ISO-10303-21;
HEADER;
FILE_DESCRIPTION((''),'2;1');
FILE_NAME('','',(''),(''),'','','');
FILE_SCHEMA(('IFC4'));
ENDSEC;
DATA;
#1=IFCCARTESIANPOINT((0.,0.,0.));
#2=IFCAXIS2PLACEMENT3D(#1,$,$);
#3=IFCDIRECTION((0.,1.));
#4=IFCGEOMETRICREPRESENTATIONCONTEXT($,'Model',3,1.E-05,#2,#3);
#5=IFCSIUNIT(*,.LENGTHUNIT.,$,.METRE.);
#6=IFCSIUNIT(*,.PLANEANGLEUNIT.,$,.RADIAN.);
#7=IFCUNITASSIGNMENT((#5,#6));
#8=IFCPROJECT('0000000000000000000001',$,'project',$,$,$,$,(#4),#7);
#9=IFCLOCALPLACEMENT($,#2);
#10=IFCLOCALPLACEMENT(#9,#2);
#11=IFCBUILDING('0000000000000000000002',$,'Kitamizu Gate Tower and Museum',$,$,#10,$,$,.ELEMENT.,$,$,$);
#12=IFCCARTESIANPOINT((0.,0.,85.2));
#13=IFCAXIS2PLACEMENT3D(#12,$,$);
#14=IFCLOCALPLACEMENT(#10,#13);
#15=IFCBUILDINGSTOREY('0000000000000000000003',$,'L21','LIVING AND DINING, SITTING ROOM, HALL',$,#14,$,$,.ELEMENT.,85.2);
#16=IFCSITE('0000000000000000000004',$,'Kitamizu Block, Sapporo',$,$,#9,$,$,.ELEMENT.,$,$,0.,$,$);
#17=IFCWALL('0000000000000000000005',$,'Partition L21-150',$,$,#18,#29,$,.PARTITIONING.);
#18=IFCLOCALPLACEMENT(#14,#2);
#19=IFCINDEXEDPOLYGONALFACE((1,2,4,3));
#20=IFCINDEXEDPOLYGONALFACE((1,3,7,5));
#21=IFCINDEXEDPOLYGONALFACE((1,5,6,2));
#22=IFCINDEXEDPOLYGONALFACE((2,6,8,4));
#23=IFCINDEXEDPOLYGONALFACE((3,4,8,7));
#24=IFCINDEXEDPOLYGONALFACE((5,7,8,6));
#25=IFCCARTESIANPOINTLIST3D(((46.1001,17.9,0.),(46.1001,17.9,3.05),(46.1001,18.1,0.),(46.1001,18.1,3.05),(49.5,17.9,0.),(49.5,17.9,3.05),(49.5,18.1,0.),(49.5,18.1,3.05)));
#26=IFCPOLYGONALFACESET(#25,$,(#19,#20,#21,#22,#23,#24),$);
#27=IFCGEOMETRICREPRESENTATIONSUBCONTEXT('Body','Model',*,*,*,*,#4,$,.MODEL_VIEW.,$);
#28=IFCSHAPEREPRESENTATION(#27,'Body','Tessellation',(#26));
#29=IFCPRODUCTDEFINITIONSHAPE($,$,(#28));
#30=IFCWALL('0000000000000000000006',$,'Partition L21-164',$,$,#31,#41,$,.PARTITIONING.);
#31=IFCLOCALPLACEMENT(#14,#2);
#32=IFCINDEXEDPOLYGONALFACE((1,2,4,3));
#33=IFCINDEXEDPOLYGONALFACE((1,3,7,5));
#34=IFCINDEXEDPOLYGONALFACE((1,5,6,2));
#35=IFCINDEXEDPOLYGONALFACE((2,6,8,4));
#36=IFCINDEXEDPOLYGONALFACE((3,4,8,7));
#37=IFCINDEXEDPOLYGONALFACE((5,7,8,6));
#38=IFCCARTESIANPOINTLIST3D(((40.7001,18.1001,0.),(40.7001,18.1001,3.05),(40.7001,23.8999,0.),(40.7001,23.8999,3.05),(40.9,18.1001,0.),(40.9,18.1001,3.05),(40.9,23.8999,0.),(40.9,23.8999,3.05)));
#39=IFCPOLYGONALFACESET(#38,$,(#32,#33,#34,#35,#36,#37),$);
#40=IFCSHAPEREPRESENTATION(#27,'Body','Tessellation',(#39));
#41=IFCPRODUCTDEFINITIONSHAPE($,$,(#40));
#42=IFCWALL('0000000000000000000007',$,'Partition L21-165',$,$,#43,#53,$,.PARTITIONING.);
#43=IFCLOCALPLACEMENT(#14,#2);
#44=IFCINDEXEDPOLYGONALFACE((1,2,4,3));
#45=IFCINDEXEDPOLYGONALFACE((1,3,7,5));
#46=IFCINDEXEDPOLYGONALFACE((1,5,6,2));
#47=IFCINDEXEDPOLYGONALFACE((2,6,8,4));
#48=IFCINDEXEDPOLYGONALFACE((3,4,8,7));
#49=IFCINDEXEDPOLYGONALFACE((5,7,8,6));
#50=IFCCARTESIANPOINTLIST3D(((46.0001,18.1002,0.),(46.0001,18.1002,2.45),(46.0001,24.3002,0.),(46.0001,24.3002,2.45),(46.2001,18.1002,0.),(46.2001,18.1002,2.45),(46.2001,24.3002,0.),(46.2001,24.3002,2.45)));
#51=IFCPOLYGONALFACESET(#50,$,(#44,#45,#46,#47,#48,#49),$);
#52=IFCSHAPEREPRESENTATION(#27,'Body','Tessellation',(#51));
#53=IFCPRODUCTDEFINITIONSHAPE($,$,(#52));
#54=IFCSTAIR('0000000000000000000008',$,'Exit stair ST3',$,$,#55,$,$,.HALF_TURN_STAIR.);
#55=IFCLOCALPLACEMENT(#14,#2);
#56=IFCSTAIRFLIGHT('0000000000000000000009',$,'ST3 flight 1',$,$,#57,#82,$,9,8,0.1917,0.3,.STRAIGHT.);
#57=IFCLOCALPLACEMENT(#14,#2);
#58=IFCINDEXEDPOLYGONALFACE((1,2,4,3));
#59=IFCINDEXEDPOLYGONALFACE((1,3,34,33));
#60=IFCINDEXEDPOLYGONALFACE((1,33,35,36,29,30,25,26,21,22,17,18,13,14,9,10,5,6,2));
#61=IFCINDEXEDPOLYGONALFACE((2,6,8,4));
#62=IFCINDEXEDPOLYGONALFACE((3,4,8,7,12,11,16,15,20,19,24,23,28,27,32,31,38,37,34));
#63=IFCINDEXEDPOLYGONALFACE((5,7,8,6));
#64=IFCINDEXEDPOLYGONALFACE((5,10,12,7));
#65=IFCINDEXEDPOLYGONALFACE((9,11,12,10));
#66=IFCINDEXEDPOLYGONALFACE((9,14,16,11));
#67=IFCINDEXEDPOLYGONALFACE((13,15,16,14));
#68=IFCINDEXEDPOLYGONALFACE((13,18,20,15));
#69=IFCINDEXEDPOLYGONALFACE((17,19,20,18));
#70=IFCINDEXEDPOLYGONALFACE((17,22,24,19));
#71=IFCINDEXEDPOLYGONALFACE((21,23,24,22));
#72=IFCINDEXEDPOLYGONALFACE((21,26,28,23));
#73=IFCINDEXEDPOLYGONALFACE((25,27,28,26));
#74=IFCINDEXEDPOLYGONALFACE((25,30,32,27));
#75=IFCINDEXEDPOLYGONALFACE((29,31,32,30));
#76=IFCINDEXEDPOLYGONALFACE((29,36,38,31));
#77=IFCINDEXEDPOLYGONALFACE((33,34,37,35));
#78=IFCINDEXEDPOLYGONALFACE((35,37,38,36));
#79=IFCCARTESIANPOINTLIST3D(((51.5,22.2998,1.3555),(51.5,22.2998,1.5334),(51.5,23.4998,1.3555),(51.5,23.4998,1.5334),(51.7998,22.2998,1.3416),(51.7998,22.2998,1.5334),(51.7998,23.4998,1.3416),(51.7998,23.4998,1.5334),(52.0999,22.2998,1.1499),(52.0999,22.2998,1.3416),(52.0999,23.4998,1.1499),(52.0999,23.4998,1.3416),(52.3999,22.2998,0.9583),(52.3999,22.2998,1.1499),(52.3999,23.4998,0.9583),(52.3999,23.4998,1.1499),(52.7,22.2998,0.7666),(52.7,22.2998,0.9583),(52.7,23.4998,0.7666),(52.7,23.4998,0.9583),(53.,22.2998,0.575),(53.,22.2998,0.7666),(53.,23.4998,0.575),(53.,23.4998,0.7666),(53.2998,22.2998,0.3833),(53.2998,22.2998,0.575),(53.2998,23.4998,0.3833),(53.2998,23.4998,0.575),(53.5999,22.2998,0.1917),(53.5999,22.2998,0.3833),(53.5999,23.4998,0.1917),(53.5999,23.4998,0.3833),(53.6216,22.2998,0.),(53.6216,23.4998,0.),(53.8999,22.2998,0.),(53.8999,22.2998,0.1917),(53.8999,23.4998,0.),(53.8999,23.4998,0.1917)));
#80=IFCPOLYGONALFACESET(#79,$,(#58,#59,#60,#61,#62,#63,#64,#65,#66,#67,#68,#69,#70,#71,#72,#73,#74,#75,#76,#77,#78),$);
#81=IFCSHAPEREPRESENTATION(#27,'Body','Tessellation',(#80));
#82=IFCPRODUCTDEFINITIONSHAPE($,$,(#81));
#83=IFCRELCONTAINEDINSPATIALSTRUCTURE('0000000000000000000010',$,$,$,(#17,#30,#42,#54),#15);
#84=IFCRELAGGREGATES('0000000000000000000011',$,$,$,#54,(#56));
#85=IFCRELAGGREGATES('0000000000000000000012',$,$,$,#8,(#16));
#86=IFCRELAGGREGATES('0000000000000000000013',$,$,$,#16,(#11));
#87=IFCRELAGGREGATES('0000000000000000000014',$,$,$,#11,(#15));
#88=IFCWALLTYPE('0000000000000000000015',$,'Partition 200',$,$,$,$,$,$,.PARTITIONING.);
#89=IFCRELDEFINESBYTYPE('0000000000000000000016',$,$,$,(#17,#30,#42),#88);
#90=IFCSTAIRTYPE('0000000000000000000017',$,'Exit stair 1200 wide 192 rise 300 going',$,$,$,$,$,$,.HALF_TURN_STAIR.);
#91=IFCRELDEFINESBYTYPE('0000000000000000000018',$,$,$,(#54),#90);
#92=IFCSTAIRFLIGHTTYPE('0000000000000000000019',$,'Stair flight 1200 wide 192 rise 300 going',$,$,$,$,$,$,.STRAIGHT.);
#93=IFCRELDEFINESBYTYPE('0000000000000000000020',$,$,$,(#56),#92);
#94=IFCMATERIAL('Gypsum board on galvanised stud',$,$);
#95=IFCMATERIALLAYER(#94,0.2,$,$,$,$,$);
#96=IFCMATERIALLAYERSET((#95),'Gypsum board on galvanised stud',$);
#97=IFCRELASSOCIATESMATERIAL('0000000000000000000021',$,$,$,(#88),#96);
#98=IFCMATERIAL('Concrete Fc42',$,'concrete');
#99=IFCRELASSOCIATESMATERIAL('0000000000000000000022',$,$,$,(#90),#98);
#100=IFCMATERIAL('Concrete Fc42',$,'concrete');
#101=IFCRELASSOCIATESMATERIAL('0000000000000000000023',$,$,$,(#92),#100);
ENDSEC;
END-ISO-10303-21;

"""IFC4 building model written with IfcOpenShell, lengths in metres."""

from ifc_helpers import new_model, si_unit, direction, frame, frame_2d, origin, place, context, subcontext, project, spatial, polyline, rectangle, outline, extrude, material, layer, layer_set, type_object, element, aggregate, save


model = new_model("IFC4")

# Units and contexts
model_context = context("Model", 3, precision=1e-05, world=origin(), true_north=direction((0.0, 1.0)))
body_context = subcontext(model_context, "Body", "Model", "MODEL_VIEW")
ifc_project = project(units=[si_unit("LENGTHUNIT", "METRE"), si_unit("PLANEANGLEUNIT", "RADIAN")], contexts=[model_context])

# Site, building, storey
site_placement = place(None, origin())
site = spatial("IfcSite", under=ifc_project, at=site_placement, Name="Kitamizu Block, Sapporo", CompositionType="ELEMENT", RefElevation=0.0)
building_placement = place(site_placement, origin())
building = spatial("IfcBuilding", under=site, at=building_placement, Name="Kitamizu Gate Tower and Museum", CompositionType="ELEMENT")
storey_placement = place(building_placement, frame((0.0, 0.0, 85.2)))
storey = spatial("IfcBuildingStorey", under=building, at=storey_placement, Name="L21", Description="LIVING AND DINING, SITTING ROOM, HALL", CompositionType="ELEMENT", Elevation=85.2)

# Walls
ifc_material_1 = material(Name="Gypsum board on galvanised stud")
ifc_layer_1 = layer(ifc_material_1, 0.2)
ifc_layer_set_1 = layer_set([ifc_layer_1], Name="Gypsum board on galvanised stud")
wall_type_1 = type_object("IfcWallType", Name="Partition 200", PredefinedType="PARTITIONING", material=ifc_layer_set_1)
wall_1_placement = place(storey_placement, frame((49.5, 18.0, 0.0), z_axis=(0.0, 0.0, 1.0), x_axis=(-1.0, 0.0, 0.0)))
element("IfcWall", 1, at=wall_1_placement, inside=storey, type_object=wall_type_1, Name="Partition L21-150", PredefinedType="PARTITIONING", context=body_context, shape_type="SweptSolid", body=[
    extrude(rectangle(XDim=3.3999, YDim=0.2, at=frame_2d((1.7, 0.0))), origin(), (0.0, 0.0, 1.0), 3.05),
])
wall_2_placement = place(storey_placement, frame((40.8, 23.8999, 0.0), z_axis=(0.0, 0.0, 1.0), x_axis=(0.0, -1.0, 0.0)))
element("IfcWall", 2, at=wall_2_placement, inside=storey, type_object=wall_type_1, Name="Partition L21-164", PredefinedType="PARTITIONING", context=body_context, shape_type="SweptSolid", body=[
    extrude(rectangle(XDim=5.7998, YDim=0.2, at=frame_2d((2.8999, 0.0))), origin(), (0.0, 0.0, 1.0), 3.05),
])
wall_3_placement = place(storey_placement, frame((46.1001, 18.1001, 0.0), z_axis=(0.0, 0.0, 1.0), x_axis=(0.0, 1.0, 0.0)))
element("IfcWall", 3, at=wall_3_placement, inside=storey, type_object=wall_type_1, Name="Partition L21-165", PredefinedType="PARTITIONING", context=body_context, shape_type="SweptSolid", body=[
    extrude(rectangle(XDim=6.2, YDim=0.2, at=frame_2d((3.1001, 0.0))), origin(), (0.0, 0.0, 1.0), 2.45),
])

# Stair, stair flight
ifc_material_2 = material(Name="Concrete Fc42", Category="concrete")
stair_type = type_object("IfcStairType", Name="Exit stair 1200 wide 192 rise 300 going", PredefinedType="HALF_TURN_STAIR", material=ifc_material_2)
stair_placement = place(storey_placement, origin())
stair = element("IfcStair", 4, at=stair_placement, inside=storey, type_object=stair_type, Name="Exit stair ST3", PredefinedType="HALF_TURN_STAIR")
ifc_material_3 = material(Name="Concrete Fc42", Category="concrete")
stair_flight_type = type_object("IfcStairFlightType", Name="Stair flight 1200 wide 192 rise 300 going", PredefinedType="STRAIGHT", material=ifc_material_3)
stair_flight_placement = place(storey_placement, frame((53.8999, 22.8999, 0.0), z_axis=(0.0, 0.0, 1.0), x_axis=(-1.0, 0.0, 0.0)))
stair_flight = element("IfcStairFlight", 5, at=stair_flight_placement, type_object=stair_flight_type, Name="ST3 flight 1", NumberOfRisers=9, NumberOfTreads=8, PredefinedType="STRAIGHT", RiserHeight=0.1917, TreadLength=0.3, context=body_context, shape_type="SweptSolid", body=[
    extrude(outline(polyline([(0.0, 0.0), (0.0, 0.1917), (0.3, 0.1917), (0.3, 0.3833), (0.6001, 0.3833), (0.6001, 0.575), (0.8999, 0.575), (0.8999, 0.7666), (1.2, 0.7666), (1.2, 0.9583), (1.5, 0.9583), (1.5, 1.1499), (1.8, 1.1499), (1.8, 1.3416), (2.1001, 1.3416), (2.1001, 1.5334), (2.3999, 1.5334), (2.3999, 1.7251), (2.3999, 1.3555), (0.2783, 0.0), (0.0, 0.0)])), frame((0.0, 0.6001, 0.0), z_axis=(0.0, -1.0, 0.0), x_axis=(1.0, 0.0, 0.0)), (0.0, 0.0, 1.0), 1.2),
])
aggregate(stair, [stair_flight])

save(model, "model.ifc")
